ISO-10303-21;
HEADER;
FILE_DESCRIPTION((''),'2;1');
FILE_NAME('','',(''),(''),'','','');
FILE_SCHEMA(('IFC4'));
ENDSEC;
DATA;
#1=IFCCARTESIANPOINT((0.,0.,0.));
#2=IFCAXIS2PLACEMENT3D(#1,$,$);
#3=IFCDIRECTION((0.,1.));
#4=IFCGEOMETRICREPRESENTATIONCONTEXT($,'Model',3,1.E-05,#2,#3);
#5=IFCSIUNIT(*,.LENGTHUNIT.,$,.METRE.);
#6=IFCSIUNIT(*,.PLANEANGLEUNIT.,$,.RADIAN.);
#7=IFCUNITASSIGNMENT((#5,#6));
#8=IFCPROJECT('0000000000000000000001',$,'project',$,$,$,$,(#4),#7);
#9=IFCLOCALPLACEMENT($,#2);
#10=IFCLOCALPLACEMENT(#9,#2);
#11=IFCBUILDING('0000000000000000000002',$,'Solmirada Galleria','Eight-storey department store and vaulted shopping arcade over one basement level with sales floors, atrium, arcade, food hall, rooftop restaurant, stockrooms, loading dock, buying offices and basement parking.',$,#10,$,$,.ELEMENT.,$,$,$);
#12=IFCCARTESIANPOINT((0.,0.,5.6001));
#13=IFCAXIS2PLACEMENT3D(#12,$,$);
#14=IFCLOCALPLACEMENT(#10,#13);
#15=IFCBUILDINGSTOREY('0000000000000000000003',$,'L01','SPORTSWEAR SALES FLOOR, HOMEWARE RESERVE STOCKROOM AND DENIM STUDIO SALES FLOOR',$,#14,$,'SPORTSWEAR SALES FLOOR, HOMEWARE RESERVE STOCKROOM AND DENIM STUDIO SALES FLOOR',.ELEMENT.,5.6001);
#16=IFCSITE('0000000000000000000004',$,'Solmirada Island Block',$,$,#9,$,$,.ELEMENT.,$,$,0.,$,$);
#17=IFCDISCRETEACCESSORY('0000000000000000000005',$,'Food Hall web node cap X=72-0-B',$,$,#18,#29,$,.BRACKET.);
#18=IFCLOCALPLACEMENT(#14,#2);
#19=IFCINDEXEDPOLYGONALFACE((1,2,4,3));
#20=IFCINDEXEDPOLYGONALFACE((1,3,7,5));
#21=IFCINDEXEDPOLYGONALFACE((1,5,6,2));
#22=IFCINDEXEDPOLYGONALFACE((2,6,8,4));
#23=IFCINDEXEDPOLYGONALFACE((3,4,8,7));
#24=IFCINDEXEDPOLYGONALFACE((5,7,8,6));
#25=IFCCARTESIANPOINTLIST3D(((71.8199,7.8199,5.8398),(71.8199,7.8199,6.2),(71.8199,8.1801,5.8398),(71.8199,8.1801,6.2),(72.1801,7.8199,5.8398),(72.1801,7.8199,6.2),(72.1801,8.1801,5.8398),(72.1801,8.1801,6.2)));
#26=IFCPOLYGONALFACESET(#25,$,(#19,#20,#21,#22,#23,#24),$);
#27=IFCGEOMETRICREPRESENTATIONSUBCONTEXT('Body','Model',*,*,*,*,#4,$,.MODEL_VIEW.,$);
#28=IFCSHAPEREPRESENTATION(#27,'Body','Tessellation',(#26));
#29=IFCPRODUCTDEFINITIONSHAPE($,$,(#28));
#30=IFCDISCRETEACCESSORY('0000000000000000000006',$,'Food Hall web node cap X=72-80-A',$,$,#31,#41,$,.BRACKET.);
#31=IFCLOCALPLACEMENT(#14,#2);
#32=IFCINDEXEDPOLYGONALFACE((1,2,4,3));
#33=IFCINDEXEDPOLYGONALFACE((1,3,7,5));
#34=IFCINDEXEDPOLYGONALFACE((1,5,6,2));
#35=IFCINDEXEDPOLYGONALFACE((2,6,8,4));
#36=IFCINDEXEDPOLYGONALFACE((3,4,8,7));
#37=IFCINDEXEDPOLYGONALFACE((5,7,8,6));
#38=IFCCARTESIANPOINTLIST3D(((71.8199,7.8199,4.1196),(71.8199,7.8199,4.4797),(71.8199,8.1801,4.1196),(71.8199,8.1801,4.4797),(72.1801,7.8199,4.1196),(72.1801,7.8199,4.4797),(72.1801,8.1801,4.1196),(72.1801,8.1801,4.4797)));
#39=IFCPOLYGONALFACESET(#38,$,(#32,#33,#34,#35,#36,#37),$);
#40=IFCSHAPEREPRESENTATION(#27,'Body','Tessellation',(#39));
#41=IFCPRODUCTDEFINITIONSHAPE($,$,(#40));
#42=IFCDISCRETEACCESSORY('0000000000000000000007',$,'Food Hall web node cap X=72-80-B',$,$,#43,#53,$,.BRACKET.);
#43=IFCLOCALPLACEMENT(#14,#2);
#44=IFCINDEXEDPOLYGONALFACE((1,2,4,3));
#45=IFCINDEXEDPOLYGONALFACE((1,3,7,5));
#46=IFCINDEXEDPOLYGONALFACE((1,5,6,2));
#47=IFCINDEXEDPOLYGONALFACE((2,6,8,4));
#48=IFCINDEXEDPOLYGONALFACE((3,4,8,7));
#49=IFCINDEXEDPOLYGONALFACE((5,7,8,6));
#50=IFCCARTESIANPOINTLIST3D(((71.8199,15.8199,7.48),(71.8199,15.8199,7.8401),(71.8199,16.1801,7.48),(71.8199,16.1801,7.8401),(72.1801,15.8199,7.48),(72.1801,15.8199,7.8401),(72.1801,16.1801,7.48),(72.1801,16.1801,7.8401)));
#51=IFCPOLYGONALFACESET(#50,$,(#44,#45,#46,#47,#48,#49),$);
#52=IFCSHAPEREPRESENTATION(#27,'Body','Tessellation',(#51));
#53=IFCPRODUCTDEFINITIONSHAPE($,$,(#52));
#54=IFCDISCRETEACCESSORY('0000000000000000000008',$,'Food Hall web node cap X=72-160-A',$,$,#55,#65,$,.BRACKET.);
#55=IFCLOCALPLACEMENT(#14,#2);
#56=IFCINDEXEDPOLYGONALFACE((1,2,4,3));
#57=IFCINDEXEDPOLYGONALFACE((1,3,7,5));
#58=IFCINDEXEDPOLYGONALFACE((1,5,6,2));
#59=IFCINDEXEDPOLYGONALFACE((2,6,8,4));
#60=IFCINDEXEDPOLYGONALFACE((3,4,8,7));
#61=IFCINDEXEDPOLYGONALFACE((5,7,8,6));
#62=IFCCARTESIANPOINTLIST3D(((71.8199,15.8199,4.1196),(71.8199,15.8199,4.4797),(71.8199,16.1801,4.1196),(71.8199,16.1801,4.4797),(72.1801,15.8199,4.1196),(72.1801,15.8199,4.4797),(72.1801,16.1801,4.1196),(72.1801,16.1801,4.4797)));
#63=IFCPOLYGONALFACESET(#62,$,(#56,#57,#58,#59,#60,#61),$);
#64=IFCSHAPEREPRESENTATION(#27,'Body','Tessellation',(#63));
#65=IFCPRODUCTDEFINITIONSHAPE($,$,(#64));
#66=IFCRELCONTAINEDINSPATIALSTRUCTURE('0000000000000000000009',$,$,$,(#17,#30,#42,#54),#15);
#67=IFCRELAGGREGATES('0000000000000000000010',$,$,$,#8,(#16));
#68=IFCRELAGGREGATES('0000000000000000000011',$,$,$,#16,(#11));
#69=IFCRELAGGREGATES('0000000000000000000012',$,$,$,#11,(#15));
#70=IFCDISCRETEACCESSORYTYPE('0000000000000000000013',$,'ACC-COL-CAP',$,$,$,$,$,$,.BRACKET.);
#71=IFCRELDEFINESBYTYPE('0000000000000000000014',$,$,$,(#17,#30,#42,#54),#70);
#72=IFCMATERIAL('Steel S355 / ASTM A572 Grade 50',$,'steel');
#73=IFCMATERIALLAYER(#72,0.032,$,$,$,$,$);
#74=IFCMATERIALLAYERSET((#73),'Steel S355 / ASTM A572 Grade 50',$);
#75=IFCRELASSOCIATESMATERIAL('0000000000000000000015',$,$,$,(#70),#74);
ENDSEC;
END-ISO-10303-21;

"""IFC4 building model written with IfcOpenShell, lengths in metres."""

from ifc_helpers import new_model, si_unit, direction, frame, origin, origin_2d, place, context, subcontext, project, spatial, rectangle, extrude, material, layer, layer_set, type_object, element, save


model = new_model("IFC4")

# Units and contexts
model_context = context("Model", 3, precision=1e-05, world=origin(), true_north=direction((0.0, 1.0)))
body_context = subcontext(model_context, "Body", "Model", "MODEL_VIEW")
ifc_project = project(units=[si_unit("LENGTHUNIT", "METRE"), si_unit("PLANEANGLEUNIT", "RADIAN")], contexts=[model_context])

# Site, building, storey
site_placement = place(None, origin())
site = spatial("IfcSite", under=ifc_project, at=site_placement, Name="Solmirada Island Block", CompositionType="ELEMENT", RefElevation=0.0)
building_placement = place(site_placement, origin())
building = spatial("IfcBuilding", under=site, at=building_placement, Name="Solmirada Galleria", Description="Eight-storey department store and vaulted shopping arcade over one basement level with sales floors, atrium, arcade, food hall, rooftop restaurant, stockrooms, loading dock, buying offices and basement parking.", CompositionType="ELEMENT")
storey_placement = place(building_placement, frame((0.0, 0.0, 5.6001)))
storey = spatial("IfcBuildingStorey", under=building, at=storey_placement, Name="L01", Description="SPORTSWEAR SALES FLOOR, HOMEWARE RESERVE STOCKROOM AND DENIM STUDIO SALES FLOOR", LongName="SPORTSWEAR SALES FLOOR, HOMEWARE RESERVE STOCKROOM AND DENIM STUDIO SALES FLOOR", CompositionType="ELEMENT", Elevation=5.6001)

# Discrete accessories
ifc_material_1 = material(Name="Steel S355 / ASTM A572 Grade 50", Category="steel")
ifc_layer_1 = layer(ifc_material_1, 0.032)
ifc_layer_set_1 = layer_set([ifc_layer_1], Name="Steel S355 / ASTM A572 Grade 50")
discrete_accessory_type = type_object("IfcDiscreteAccessoryType", Name="ACC-COL-CAP", PredefinedType="BRACKET", material=ifc_layer_set_1)
for number, where, z_axis, x_axis, name in (
    (1, (72.0, 8.0, 5.8398), (0.0, 0.0, 1.0), (1.0, 0.0, 0.0), "Food Hall web node cap X=72-0-B"),
    (2, (72.0, 8.0, 4.1196), (0.0, 0.0, 1.0), (1.0, 0.0, 0.0), "Food Hall web node cap X=72-80-A"),
    (3, (72.0, 16.0, 7.48), (0.0, 0.0, 1.0), (1.0, 0.0, 0.0), "Food Hall web node cap X=72-80-B"),
    (4, (72.0, 16.0, 4.1196), (0.0, 0.0, 1.0), (1.0, 0.0, 0.0), "Food Hall web node cap X=72-160-A"),
):
    element("IfcDiscreteAccessory", number, at=place(storey_placement, frame(where, z_axis=z_axis, x_axis=x_axis)), inside=storey, type_object=discrete_accessory_type, Name=name, PredefinedType="BRACKET", context=body_context, shape_type="SweptSolid", body=[
        extrude(rectangle(XDim=0.3601, YDim=0.3601, at=origin_2d()), origin(), (0.0, 0.0, 1.0), 0.3601),
    ])

save(model, "model.ifc")
